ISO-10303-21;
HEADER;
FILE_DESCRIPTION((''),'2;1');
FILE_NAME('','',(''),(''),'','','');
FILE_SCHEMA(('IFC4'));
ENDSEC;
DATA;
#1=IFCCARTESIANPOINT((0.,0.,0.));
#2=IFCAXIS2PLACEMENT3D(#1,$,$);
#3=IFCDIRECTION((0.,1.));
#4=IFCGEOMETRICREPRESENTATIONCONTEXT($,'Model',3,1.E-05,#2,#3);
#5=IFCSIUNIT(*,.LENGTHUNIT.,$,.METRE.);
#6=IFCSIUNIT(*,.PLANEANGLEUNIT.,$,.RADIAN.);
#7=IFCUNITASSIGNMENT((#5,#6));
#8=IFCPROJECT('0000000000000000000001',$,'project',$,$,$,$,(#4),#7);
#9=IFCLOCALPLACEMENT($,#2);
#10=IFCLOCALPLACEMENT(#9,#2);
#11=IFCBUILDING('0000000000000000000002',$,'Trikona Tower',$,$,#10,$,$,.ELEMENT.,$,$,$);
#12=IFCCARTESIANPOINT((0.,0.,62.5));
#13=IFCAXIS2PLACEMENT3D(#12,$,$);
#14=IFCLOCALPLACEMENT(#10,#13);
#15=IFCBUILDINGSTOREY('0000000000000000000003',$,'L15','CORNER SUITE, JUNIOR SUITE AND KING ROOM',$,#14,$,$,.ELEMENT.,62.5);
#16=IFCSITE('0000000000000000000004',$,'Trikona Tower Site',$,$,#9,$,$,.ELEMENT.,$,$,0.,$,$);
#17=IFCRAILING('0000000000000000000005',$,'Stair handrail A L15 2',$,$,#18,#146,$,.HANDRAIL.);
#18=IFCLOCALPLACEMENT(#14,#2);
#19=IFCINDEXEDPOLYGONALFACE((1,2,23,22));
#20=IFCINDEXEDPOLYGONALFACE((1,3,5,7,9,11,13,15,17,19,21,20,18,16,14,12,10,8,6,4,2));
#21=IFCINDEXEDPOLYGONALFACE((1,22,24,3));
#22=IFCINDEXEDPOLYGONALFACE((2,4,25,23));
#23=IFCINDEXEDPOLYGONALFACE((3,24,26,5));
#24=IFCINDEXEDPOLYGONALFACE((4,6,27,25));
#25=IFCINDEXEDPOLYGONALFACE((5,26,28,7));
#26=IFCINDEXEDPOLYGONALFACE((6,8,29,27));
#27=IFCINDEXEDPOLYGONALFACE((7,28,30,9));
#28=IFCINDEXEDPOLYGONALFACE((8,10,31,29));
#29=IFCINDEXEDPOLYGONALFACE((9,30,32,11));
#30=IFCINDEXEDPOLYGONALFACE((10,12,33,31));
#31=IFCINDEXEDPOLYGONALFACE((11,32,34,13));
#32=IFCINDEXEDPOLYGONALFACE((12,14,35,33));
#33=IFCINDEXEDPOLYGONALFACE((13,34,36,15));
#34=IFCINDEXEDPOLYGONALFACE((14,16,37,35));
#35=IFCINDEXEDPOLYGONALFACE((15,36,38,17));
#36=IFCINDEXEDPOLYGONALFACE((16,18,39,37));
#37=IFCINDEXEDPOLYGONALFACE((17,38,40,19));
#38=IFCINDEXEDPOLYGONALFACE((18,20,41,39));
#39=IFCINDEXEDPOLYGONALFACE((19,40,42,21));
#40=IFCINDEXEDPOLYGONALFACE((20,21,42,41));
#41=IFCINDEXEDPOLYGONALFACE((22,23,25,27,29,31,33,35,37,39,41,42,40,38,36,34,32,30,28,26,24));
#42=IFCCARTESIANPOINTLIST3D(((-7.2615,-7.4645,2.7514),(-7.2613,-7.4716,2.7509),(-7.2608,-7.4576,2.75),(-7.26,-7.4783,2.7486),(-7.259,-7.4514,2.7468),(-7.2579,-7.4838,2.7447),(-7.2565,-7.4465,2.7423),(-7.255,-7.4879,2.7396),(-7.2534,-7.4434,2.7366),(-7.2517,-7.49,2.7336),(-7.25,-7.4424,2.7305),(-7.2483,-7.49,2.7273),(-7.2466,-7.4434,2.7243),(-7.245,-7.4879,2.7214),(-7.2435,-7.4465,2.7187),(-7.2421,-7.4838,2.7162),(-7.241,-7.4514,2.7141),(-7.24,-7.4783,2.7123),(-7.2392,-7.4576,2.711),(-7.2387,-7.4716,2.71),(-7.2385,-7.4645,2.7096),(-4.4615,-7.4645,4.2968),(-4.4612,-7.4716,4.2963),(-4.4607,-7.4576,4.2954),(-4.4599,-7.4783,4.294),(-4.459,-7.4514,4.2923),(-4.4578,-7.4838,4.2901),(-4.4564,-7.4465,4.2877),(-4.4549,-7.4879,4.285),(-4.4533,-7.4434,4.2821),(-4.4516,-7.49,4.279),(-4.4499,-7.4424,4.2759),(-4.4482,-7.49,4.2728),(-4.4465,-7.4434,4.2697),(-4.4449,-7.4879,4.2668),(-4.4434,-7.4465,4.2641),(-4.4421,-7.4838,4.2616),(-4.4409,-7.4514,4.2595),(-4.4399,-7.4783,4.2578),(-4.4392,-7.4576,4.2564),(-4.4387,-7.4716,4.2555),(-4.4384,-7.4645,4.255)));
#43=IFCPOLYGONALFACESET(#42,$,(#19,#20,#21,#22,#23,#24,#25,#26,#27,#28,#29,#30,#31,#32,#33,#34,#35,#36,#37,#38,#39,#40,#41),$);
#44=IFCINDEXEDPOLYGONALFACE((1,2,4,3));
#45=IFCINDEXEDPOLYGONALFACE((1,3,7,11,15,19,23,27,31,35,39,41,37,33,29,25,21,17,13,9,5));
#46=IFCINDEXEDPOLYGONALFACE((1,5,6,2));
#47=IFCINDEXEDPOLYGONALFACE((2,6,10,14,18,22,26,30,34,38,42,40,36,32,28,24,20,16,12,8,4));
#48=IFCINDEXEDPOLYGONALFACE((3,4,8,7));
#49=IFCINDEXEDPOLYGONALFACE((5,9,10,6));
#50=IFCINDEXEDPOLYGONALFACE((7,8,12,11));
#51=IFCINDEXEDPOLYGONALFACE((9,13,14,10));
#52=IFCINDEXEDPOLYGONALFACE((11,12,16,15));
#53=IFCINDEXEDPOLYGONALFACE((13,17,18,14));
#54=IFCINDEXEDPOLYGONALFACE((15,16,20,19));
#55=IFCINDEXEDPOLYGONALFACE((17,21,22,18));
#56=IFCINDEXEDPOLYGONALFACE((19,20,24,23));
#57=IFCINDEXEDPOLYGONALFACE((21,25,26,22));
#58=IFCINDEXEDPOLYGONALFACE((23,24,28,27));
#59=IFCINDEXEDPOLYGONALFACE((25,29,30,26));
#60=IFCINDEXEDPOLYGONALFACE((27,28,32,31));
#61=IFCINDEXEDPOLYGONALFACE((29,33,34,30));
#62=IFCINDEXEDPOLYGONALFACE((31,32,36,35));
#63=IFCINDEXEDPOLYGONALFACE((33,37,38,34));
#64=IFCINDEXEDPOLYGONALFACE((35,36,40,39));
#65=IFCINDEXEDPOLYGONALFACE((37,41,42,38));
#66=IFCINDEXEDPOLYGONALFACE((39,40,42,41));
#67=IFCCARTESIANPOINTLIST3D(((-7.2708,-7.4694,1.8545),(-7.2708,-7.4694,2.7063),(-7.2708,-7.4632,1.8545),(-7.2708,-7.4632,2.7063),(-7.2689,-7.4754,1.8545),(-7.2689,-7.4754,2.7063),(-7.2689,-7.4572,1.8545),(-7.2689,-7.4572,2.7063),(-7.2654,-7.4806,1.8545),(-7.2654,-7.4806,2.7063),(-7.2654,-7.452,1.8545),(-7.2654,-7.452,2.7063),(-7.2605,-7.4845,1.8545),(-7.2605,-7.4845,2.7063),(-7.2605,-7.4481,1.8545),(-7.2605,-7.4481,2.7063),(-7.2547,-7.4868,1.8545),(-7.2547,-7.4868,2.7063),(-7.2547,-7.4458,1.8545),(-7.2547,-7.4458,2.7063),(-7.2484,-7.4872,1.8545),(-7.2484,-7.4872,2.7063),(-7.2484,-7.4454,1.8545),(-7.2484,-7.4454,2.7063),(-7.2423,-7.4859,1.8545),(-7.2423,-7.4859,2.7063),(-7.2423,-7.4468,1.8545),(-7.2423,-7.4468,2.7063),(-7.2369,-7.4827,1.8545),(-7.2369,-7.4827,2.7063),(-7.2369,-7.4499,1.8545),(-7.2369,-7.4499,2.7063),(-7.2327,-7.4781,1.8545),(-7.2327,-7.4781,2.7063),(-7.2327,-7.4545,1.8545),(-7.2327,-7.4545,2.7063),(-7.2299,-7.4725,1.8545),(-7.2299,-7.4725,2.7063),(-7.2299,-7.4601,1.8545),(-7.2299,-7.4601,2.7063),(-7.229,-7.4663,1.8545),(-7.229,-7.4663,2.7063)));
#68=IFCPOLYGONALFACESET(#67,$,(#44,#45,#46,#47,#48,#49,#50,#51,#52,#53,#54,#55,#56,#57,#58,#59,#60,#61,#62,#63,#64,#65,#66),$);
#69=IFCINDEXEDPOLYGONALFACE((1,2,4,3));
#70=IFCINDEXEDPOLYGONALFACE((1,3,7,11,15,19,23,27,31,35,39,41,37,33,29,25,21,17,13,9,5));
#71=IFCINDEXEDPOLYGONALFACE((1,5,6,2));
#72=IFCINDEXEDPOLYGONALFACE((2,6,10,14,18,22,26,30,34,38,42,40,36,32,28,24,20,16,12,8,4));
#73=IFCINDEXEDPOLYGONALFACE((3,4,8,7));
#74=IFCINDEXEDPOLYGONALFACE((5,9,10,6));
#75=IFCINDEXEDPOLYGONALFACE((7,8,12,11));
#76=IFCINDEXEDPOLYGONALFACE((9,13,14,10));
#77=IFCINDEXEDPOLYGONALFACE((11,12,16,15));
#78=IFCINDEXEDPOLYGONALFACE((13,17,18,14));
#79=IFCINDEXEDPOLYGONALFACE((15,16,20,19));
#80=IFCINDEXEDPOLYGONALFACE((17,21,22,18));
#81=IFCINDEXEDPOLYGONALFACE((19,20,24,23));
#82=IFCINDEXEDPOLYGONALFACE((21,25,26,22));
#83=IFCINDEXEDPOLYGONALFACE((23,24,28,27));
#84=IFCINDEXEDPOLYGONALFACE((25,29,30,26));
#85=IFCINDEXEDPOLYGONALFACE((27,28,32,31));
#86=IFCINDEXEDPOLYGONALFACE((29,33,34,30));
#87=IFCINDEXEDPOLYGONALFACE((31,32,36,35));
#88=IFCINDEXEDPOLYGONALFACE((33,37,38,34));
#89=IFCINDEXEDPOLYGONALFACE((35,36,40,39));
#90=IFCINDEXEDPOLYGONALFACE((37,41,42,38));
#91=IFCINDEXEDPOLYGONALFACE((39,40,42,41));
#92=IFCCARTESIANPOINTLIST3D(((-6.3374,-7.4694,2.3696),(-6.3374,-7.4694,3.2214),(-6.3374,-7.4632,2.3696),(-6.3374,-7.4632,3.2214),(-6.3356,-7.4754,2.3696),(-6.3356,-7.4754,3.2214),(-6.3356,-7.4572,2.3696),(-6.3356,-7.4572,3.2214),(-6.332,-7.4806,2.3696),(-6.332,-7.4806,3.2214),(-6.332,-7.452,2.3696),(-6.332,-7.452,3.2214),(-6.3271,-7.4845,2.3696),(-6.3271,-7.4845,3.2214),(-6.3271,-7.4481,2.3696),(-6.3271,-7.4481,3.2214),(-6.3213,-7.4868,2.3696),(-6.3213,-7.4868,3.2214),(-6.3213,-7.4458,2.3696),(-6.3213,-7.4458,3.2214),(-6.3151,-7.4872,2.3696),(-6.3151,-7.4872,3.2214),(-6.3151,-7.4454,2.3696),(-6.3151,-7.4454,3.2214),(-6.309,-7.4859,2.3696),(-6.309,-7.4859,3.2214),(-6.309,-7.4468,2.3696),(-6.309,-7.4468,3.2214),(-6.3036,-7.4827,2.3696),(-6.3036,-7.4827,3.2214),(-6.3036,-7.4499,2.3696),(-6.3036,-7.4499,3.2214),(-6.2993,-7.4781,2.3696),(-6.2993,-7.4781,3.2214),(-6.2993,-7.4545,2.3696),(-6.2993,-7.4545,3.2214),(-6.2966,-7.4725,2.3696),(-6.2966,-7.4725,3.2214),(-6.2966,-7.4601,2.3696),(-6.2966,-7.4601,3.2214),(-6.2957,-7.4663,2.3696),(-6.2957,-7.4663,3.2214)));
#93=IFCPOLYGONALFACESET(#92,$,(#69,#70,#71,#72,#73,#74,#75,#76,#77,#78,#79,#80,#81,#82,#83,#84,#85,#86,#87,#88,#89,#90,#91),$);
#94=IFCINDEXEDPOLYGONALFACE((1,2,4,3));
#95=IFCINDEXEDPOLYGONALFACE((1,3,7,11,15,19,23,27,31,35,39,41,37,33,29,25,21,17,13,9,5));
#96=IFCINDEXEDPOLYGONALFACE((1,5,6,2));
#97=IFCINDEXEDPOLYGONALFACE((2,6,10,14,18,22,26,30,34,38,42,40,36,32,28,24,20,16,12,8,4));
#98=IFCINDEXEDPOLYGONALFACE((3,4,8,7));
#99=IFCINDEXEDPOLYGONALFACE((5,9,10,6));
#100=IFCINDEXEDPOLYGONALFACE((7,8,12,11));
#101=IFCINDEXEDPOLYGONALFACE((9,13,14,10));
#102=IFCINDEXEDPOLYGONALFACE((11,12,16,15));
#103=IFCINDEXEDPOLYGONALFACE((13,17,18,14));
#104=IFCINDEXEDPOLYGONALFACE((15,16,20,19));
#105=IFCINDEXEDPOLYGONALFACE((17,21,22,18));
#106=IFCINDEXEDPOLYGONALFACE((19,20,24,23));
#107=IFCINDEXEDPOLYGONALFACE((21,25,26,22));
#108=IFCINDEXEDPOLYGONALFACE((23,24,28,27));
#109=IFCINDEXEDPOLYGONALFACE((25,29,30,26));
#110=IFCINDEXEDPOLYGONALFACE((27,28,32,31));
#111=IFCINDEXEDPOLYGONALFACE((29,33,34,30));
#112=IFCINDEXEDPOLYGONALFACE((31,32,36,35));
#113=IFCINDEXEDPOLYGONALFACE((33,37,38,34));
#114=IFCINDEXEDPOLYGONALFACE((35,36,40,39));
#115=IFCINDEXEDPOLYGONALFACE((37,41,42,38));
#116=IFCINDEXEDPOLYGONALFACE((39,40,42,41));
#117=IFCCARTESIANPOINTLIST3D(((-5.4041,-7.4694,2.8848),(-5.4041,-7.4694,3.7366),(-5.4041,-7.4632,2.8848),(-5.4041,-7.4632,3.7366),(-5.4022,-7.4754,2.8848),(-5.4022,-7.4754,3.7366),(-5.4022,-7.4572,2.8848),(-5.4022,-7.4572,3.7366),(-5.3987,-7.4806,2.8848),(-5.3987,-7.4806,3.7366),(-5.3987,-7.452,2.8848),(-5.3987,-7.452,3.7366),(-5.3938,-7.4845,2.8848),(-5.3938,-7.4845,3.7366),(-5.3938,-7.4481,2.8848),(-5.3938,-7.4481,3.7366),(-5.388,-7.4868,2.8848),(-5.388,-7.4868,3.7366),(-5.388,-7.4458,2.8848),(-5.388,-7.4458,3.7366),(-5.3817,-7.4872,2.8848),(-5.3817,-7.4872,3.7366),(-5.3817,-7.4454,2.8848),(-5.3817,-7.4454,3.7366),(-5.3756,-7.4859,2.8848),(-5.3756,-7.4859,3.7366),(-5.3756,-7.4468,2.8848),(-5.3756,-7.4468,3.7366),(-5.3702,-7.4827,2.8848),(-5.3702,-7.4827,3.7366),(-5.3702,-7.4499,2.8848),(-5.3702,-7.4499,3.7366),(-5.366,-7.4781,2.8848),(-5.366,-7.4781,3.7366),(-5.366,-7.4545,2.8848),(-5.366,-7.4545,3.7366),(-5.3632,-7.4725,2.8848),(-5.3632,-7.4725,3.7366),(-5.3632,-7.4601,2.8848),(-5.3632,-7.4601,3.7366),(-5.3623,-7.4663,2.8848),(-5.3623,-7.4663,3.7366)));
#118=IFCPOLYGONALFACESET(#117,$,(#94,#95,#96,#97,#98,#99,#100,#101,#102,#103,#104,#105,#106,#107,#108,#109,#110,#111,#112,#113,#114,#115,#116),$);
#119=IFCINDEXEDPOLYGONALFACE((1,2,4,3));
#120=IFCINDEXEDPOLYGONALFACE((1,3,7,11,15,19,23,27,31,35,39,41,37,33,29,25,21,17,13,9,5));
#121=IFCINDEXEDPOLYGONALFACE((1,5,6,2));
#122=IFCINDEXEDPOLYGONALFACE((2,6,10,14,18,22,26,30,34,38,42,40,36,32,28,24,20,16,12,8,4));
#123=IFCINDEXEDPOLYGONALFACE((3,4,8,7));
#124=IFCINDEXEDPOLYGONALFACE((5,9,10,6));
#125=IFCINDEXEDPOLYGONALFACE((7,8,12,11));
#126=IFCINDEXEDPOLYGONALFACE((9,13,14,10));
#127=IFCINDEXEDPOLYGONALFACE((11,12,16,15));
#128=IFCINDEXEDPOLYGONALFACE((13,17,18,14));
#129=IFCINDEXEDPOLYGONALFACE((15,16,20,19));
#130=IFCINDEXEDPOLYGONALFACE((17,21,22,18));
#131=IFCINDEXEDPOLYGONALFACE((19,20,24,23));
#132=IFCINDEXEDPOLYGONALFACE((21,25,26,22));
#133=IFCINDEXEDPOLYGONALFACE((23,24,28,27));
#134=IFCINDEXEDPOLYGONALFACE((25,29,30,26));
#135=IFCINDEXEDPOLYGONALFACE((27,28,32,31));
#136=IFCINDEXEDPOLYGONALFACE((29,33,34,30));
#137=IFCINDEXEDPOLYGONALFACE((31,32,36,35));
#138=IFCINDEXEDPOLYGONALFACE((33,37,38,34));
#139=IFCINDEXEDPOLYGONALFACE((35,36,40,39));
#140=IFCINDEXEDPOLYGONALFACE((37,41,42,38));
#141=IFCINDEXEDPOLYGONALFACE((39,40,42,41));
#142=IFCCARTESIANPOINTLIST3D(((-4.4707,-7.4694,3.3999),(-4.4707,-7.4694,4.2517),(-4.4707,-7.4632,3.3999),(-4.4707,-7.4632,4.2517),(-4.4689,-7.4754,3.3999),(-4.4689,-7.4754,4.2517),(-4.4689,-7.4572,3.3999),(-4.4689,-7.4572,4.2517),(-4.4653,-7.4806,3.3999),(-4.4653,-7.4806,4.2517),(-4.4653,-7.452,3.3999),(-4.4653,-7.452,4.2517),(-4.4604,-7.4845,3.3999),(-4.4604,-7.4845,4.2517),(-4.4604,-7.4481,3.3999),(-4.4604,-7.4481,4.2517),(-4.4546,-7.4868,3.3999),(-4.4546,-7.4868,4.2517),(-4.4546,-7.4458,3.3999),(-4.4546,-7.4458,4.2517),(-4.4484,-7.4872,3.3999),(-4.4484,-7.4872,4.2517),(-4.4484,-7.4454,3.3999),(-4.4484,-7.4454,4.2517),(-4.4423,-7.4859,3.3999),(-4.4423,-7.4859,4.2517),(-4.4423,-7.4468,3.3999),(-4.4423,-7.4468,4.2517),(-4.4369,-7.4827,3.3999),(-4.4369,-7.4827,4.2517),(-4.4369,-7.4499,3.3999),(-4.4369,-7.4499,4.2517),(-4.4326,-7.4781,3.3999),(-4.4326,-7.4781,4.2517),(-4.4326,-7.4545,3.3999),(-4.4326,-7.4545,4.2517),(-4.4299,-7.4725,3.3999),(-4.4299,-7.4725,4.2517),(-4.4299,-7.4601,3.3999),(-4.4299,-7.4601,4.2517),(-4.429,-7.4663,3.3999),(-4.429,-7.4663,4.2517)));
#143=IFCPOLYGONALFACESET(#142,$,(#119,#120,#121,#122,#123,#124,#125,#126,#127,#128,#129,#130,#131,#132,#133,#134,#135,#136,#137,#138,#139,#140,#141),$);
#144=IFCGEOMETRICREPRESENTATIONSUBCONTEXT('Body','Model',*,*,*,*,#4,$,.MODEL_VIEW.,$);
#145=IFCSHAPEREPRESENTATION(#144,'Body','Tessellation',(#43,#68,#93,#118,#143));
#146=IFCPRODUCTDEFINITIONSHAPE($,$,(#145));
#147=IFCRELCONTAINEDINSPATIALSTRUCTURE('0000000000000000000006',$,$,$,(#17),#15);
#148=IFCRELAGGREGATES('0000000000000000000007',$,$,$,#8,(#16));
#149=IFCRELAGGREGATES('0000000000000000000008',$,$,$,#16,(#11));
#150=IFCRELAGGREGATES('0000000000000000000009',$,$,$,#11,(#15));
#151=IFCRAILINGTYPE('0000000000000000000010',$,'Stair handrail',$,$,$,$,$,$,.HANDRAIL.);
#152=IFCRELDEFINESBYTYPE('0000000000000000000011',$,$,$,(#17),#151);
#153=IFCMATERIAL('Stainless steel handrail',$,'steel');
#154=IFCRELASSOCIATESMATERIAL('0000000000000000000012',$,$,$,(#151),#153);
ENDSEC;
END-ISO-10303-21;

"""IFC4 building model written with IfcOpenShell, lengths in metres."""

from ifc_helpers import new_model, si_unit, direction, frame, origin, origin_2d, place, context, subcontext, project, spatial, circle, extrude, material, type_object, element, save


model = new_model("IFC4")

# Units and contexts
model_context = context("Model", 3, precision=1e-05, world=origin(), true_north=direction((0.0, 1.0)))
body_context = subcontext(model_context, "Body", "Model", "MODEL_VIEW")
ifc_project = project(units=[si_unit("LENGTHUNIT", "METRE"), si_unit("PLANEANGLEUNIT", "RADIAN")], contexts=[model_context])

# Site, building, storey
site_placement = place(None, origin())
site = spatial("IfcSite", under=ifc_project, at=site_placement, Name="Trikona Tower Site", CompositionType="ELEMENT", RefElevation=0.0)
building_placement = place(site_placement, origin())
building = spatial("IfcBuilding", under=site, at=building_placement, Name="Trikona Tower", CompositionType="ELEMENT")
storey_placement = place(building_placement, frame((0.0, 0.0, 62.5)))
storey = spatial("IfcBuildingStorey", under=building, at=storey_placement, Name="L15", Description="CORNER SUITE, JUNIOR SUITE AND KING ROOM", CompositionType="ELEMENT", Elevation=62.5)

# Railing
ifc_material_1 = material(Name="Stainless steel handrail", Category="steel")
railing_type = type_object("IfcRailingType", Name="Stair handrail", PredefinedType="HANDRAIL", material=ifc_material_1)
railing_placement = place(storey_placement, frame((-7.25, -7.4663, 1.8545)))
element("IfcRailing", 1, at=railing_placement, inside=storey, type_object=railing_type, Name="Stair handrail A L15 2", PredefinedType="HANDRAIL", context=body_context, shape_type="SweptSolid", body=[
    extrude(circle(Radius=0.0239, at=origin_2d()), frame((0.0, 0.0, 0.876), z_axis=(0.875504, 0.0, 0.483211), x_axis=(0.0, 1.0, 0.0)), (0.0, 0.0, 1.0), 3.1982),
    extrude(circle(Radius=0.021, at=origin_2d()), origin(), (0.0, 0.0, 1.0), 0.8518),
    extrude(circle(Radius=0.021, at=origin_2d()), frame((0.9333, 0.0, 0.5151)), (0.0, 0.0, 1.0), 0.8518),
    extrude(circle(Radius=0.021, at=origin_2d()), frame((1.8667, 0.0, 1.0303)), (0.0, 0.0, 1.0), 0.8518),
    extrude(circle(Radius=0.021, at=origin_2d()), frame((2.8, 0.0, 1.5454)), (0.0, 0.0, 1.0), 0.8518),
])

save(model, "model.ifc")
